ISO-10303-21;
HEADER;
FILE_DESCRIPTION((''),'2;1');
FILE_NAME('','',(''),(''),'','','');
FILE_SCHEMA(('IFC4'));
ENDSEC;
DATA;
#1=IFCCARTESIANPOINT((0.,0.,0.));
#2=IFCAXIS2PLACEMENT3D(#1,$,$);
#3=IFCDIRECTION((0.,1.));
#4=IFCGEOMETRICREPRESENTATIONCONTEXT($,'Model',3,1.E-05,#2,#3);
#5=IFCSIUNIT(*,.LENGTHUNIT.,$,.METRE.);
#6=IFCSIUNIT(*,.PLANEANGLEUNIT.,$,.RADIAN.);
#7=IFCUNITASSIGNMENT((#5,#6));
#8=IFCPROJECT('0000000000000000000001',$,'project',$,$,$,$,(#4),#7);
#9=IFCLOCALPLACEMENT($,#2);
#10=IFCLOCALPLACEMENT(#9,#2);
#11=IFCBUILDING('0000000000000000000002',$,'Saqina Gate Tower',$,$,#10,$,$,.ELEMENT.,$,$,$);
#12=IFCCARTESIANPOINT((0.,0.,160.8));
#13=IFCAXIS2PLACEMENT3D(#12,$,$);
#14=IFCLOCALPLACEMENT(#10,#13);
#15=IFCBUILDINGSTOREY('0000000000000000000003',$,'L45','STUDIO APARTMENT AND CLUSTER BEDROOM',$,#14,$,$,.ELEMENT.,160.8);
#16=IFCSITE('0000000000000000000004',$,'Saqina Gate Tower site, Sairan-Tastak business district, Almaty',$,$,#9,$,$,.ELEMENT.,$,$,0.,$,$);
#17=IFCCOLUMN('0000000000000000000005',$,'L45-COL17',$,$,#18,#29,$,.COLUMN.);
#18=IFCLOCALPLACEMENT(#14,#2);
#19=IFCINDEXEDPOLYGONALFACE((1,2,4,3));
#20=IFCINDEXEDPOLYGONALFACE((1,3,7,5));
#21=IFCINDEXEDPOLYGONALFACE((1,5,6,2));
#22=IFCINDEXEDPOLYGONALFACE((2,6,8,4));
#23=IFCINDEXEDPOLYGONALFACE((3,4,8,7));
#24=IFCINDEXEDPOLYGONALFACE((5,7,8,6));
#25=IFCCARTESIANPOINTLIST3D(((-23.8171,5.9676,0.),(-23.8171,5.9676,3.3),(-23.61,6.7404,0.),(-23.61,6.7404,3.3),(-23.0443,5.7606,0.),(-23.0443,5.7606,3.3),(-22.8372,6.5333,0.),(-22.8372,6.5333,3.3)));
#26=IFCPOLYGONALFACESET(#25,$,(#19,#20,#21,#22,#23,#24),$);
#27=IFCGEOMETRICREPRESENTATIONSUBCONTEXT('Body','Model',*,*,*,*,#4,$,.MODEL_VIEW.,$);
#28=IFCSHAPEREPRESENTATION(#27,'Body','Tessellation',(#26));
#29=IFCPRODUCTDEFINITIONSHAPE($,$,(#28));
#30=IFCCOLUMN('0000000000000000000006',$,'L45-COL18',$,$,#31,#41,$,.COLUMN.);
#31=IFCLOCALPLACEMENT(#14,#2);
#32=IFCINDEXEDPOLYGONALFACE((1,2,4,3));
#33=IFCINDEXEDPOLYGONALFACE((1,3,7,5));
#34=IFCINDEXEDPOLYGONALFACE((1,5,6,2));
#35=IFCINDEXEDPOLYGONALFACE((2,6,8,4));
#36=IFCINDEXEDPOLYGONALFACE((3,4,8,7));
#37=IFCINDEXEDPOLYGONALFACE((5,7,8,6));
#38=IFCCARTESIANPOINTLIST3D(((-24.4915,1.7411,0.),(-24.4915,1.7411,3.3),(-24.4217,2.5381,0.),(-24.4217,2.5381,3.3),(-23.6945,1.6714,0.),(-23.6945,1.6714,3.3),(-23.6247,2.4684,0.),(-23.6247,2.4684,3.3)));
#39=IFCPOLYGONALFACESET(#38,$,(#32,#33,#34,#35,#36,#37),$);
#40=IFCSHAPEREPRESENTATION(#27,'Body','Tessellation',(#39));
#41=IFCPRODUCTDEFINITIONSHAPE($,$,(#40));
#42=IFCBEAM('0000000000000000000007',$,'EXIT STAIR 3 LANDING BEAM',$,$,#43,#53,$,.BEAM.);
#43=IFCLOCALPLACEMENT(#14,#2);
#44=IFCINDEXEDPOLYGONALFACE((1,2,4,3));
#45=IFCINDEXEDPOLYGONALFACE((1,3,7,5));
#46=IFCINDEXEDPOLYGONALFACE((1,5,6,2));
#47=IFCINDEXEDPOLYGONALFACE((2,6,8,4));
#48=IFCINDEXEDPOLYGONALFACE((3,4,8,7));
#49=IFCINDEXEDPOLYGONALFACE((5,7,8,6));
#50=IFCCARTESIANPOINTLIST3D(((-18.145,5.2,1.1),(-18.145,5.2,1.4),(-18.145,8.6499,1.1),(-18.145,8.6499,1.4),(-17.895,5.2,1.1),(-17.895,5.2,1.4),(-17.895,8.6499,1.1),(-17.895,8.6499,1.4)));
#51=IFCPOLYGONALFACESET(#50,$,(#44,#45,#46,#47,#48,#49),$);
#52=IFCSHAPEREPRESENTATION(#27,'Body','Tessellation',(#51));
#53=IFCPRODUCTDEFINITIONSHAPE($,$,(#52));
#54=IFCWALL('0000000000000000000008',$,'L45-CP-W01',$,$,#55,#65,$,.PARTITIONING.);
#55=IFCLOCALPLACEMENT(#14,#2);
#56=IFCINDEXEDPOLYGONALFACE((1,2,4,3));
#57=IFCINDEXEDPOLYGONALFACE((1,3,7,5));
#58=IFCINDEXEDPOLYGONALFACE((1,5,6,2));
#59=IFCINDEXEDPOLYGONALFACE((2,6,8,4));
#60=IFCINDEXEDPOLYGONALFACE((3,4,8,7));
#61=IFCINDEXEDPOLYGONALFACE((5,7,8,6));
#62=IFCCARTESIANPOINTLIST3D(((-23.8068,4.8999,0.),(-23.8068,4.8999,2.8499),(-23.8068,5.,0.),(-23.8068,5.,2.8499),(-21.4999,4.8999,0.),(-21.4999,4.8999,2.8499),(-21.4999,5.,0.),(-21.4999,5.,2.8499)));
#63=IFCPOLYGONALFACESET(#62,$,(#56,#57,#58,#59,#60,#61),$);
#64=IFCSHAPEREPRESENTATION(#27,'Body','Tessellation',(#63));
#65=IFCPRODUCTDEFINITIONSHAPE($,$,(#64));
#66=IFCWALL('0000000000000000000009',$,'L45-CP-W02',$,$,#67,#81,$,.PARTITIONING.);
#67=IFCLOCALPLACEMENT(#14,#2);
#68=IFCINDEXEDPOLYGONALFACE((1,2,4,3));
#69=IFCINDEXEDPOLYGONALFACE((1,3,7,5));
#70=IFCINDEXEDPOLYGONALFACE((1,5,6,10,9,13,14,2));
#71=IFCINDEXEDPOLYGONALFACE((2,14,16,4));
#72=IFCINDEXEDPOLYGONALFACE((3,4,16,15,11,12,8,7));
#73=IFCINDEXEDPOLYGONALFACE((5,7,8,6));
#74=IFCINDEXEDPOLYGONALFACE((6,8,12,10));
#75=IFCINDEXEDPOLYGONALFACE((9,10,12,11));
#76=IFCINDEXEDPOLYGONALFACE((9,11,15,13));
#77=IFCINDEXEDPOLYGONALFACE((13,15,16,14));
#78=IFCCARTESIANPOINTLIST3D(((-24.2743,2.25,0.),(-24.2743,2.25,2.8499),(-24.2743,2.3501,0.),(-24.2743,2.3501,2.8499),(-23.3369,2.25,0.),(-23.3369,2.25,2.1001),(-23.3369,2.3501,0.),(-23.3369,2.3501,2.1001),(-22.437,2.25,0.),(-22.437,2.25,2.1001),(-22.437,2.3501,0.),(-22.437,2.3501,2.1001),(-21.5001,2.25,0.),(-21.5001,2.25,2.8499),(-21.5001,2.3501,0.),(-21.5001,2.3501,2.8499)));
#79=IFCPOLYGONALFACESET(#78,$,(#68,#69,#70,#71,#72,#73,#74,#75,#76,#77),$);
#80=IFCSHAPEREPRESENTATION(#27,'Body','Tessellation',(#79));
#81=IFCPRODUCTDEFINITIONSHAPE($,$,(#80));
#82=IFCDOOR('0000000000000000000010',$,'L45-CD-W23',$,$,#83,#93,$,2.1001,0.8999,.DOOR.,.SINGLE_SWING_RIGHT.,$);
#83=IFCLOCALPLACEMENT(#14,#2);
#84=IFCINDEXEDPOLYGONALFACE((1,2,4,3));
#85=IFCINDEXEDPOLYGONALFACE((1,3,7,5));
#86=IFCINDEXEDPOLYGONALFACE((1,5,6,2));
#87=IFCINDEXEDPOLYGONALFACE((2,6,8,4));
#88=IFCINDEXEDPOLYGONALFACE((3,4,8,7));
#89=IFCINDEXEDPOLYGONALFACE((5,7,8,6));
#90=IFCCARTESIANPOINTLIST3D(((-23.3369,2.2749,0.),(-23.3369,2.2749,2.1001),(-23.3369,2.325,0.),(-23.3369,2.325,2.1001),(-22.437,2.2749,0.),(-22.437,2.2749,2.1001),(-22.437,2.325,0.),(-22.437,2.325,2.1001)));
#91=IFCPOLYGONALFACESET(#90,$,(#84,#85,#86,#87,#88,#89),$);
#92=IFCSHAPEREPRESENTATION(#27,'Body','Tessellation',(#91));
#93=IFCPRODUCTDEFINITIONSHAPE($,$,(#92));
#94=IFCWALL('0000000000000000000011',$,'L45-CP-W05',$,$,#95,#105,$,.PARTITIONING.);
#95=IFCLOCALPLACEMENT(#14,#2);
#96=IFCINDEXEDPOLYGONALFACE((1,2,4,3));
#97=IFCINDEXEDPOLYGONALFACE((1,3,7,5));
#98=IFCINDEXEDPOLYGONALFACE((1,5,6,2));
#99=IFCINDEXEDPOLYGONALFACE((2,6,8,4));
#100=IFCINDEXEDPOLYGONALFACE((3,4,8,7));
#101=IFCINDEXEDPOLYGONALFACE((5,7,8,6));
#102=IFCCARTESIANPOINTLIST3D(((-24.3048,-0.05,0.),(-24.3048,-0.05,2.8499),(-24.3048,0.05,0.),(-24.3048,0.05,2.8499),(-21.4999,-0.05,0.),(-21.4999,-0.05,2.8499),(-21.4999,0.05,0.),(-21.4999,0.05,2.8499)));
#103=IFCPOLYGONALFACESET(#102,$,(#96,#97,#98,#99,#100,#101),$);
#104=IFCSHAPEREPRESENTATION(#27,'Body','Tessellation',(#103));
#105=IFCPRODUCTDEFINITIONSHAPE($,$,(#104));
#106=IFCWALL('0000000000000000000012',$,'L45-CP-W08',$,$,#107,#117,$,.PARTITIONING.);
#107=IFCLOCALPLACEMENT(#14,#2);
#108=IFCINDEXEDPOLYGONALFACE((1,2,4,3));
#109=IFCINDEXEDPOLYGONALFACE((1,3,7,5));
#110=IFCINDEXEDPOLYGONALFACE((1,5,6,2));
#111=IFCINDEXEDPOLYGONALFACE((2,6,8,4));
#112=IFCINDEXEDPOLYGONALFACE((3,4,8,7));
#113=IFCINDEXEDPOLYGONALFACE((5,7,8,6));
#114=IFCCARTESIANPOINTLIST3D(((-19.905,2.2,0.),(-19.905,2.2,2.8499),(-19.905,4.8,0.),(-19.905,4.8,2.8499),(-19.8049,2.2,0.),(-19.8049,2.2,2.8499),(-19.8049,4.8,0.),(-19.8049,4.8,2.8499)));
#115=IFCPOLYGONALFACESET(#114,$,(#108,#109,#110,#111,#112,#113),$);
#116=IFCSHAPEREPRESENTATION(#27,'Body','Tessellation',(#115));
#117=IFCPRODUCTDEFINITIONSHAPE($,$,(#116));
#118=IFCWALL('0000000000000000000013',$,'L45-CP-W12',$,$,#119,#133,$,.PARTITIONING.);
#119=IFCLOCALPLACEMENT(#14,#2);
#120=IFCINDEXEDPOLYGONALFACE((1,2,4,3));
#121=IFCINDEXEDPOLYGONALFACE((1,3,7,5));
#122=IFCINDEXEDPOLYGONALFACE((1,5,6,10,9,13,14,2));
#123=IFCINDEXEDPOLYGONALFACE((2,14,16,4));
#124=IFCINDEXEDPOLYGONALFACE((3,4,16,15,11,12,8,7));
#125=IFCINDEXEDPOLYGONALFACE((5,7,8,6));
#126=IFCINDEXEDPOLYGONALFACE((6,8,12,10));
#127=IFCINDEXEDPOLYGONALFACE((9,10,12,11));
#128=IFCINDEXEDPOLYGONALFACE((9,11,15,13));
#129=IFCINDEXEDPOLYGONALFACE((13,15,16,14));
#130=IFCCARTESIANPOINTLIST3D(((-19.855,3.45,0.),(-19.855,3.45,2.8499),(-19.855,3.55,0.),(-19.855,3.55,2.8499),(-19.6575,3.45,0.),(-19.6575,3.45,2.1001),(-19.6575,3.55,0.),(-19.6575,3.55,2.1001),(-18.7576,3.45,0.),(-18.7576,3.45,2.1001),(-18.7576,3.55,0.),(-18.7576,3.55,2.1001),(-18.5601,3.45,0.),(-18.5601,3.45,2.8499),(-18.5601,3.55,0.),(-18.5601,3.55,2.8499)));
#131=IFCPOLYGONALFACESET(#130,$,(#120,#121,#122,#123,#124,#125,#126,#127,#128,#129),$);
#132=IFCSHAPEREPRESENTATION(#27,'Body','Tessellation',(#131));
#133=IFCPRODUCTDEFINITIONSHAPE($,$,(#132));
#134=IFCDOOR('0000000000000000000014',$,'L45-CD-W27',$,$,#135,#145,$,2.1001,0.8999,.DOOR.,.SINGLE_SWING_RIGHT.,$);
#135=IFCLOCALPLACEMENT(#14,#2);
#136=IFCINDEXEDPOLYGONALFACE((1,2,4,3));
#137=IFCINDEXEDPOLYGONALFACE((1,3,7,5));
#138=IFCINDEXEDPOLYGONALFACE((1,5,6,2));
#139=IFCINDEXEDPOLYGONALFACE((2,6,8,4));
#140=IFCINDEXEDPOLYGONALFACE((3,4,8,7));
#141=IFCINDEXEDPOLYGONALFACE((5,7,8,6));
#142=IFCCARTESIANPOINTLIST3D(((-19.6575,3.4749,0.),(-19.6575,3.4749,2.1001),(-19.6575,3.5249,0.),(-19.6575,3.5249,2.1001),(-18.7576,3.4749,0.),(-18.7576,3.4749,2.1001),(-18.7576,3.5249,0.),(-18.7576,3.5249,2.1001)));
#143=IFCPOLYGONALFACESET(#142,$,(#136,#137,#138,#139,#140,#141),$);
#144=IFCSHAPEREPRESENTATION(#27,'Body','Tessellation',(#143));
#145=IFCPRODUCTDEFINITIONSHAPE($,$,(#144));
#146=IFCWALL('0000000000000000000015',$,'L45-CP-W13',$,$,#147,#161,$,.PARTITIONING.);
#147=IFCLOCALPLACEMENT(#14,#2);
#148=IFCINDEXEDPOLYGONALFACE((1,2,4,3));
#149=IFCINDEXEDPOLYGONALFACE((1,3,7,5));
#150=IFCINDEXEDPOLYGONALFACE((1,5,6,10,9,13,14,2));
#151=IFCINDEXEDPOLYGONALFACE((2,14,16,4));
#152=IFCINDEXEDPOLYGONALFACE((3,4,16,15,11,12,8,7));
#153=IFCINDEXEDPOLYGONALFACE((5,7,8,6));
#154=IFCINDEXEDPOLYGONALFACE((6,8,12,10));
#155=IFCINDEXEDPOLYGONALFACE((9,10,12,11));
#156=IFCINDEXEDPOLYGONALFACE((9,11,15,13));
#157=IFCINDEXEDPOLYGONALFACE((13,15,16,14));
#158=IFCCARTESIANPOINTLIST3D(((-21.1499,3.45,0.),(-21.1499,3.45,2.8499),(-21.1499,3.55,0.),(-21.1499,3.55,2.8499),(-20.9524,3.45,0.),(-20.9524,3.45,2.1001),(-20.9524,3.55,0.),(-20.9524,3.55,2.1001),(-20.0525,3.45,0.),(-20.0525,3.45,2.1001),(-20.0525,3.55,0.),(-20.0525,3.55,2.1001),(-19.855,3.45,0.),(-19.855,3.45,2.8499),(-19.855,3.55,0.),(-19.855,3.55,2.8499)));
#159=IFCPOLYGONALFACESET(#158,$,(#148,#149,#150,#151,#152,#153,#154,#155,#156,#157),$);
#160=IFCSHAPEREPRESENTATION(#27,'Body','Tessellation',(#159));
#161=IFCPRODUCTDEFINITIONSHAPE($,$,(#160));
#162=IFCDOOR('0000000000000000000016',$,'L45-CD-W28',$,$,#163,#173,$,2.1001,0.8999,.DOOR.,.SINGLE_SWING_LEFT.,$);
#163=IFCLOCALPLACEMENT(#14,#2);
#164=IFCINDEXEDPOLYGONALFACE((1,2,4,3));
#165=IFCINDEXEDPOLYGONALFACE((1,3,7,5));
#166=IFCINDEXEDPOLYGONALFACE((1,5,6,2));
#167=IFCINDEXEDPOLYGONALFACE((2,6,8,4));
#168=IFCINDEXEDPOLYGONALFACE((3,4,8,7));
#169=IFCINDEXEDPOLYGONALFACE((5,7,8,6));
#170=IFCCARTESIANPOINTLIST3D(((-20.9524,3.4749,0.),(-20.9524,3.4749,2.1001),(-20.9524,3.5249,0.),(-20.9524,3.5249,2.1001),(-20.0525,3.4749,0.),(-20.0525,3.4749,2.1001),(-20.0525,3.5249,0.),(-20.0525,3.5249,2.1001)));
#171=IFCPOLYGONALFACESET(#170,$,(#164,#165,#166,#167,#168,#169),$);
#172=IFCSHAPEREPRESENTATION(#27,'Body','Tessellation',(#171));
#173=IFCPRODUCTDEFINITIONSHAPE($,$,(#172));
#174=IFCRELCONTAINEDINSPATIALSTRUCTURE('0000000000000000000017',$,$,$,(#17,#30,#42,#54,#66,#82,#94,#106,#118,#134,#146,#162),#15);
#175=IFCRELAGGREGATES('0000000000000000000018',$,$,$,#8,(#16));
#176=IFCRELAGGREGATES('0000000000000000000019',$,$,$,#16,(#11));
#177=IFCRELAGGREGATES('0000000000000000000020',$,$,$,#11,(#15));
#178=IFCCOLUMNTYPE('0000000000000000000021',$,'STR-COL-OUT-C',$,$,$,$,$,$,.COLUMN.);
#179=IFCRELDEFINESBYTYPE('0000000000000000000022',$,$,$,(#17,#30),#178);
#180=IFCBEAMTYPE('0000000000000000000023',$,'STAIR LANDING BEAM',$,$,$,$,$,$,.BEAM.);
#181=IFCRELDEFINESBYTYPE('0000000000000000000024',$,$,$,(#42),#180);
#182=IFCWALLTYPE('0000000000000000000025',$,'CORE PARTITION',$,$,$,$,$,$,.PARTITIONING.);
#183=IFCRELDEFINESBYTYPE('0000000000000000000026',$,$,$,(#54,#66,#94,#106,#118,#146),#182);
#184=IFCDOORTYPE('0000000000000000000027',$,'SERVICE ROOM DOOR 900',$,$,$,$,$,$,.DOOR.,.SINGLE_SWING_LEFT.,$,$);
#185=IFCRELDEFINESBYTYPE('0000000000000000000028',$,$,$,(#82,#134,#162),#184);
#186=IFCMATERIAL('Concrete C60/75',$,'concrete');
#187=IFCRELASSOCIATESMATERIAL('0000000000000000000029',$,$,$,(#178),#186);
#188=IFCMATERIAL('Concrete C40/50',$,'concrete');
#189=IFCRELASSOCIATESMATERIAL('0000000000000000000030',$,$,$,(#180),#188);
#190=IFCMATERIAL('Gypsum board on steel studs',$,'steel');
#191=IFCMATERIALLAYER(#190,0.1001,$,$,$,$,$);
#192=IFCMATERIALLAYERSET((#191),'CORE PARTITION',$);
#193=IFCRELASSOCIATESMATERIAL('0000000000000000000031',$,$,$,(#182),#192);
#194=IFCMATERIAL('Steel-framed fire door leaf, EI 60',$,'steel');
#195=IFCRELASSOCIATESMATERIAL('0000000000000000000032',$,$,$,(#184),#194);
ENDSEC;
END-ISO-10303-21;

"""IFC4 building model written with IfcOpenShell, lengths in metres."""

from ifc_helpers import new_model, si_unit, direction, frame, frame_2d, origin, origin_2d, place, context, subcontext, project, spatial, rectangle, extrude, material, layer, layer_set, material_profile, profile_set, type_object, element, fill, save


model = new_model("IFC4")

# Units and contexts
model_context = context("Model", 3, precision=1e-05, world=origin(), true_north=direction((0.0, 1.0)))
body_context = subcontext(model_context, "Body", "Model", "MODEL_VIEW")
ifc_project = project(units=[si_unit("LENGTHUNIT", "METRE"), si_unit("PLANEANGLEUNIT", "RADIAN")], contexts=[model_context])

# Site, building, storey
site_placement = place(None, origin())
site = spatial("IfcSite", under=ifc_project, at=site_placement, Name="Saqina Gate Tower site, Sairan-Tastak business district, Almaty", CompositionType="ELEMENT", RefElevation=0.0)
building_placement = place(site_placement, origin())
building = spatial("IfcBuilding", under=site, at=building_placement, Name="Saqina Gate Tower", CompositionType="ELEMENT")
storey_placement = place(building_placement, frame((0.0, 0.0, 160.8)))
storey = spatial("IfcBuildingStorey", under=building, at=storey_placement, Name="L45", Description="STUDIO APARTMENT AND CLUSTER BEDROOM", CompositionType="ELEMENT", Elevation=160.8)

# Columns
ifc_material_1 = material(Name="Concrete C60/75", Category="concrete")
ifc_material_profile_1 = material_profile(ifc_material_1, rectangle(XDim=0.8, YDim=0.8, at=origin_2d()), Name="RC 800x800")
ifc_profile_set_1 = profile_set([ifc_material_profile_1], Name="Concrete C60/75")
column_type = type_object("IfcColumnType", Name="STR-COL-OUT-C", PredefinedType="COLUMN", material=ifc_profile_set_1)
for number, where, z_axis, x_axis, name in (
    (1, (-23.3271, 6.2505, 0.0), (0.0, 0.0, 1.0), (-0.965926, 0.258819, 0.0), "L45-COL17"),
    (2, (-24.0581, 2.1047, 0.0), (0.0, 0.0, 1.0), (-0.996195, 0.087156, 0.0), "L45-COL18"),
):
    element("IfcColumn", number, at=place(storey_placement, frame(where, z_axis=z_axis, x_axis=x_axis)), inside=storey, type_object=column_type, Name=name, PredefinedType="COLUMN", context=body_context, shape_type="SweptSolid", body=[
        extrude(rectangle(XDim=0.8, YDim=0.8, at=origin_2d()), origin(), (0.0, 0.0, 1.0), 3.3),
    ])

# Beam
ifc_material_2 = material(Name="Concrete C40/50", Category="concrete")
ifc_material_profile_2 = material_profile(ifc_material_2, rectangle(XDim=0.25, YDim=0.3, at=origin_2d()), Name="STAIR LANDING BEAM")
ifc_profile_set_2 = profile_set([ifc_material_profile_2], Name="Concrete C40/50")
beam_type = type_object("IfcBeamType", Name="STAIR LANDING BEAM", PredefinedType="BEAM", material=ifc_profile_set_2)
beam_placement = place(storey_placement, frame((-18.02, 5.2, 1.25), z_axis=(0.0, 1.0, 0.0), x_axis=(-1.0, 0.0, 0.0)))
element("IfcBeam", 3, at=beam_placement, inside=storey, type_object=beam_type, Name="EXIT STAIR 3 LANDING BEAM", PredefinedType="BEAM", context=body_context, shape_type="SweptSolid", body=[
    extrude(rectangle(XDim=0.25, YDim=0.3, at=origin_2d()), origin(), (0.0, 0.0, 1.0), 3.45),
])

# Wall
ifc_material_3 = material(Name="Gypsum board on steel studs", Category="steel")
ifc_layer_1 = layer(ifc_material_3, 0.1001)
ifc_layer_set_1 = layer_set([ifc_layer_1], Name="CORE PARTITION")
wall_type_1 = type_object("IfcWallType", Name="CORE PARTITION", PredefinedType="PARTITIONING", material=ifc_layer_set_1)
wall_1_placement = place(storey_placement, frame((-21.5, 4.95, 0.0), z_axis=(0.0, 0.0, 1.0), x_axis=(-1.0, 0.0, 0.0)))
element("IfcWall", 4, at=wall_1_placement, inside=storey, type_object=wall_type_1, Name="L45-CP-W01", PredefinedType="PARTITIONING", context=body_context, shape_type="SweptSolid", body=[
    extrude(rectangle(XDim=2.3069, YDim=0.1001, at=frame_2d((1.1533, 0.0))), origin(), (0.0, 0.0, 1.0), 2.8499),
])

# Wall, opening, door
wall_2_placement = place(storey_placement, frame((-21.5, 2.3, 0.0), z_axis=(0.0, 0.0, 1.0), x_axis=(-1.0, 0.0, 0.0)))
wall_2 = element("IfcWall", 5, at=wall_2_placement, inside=storey, type_object=wall_type_1, Name="L45-CP-W02", PredefinedType="PARTITIONING", context=body_context, shape_type="SweptSolid", body=[
    extrude(rectangle(XDim=2.7742, YDim=0.1001, at=frame_2d((1.3872, 0.0))), origin(), (0.0, 0.0, 1.0), 2.8499),
])
opening_1_placement = place(wall_2_placement, frame((0.937, 0.0, 0.0)))
opening_1 = element("IfcOpeningElement", 6, at=opening_1_placement, cuts=wall_2, PredefinedType="OPENING", context=body_context, shape_type="SweptSolid", body=[
    extrude(rectangle(XDim=0.8999, YDim=2.1001, at=frame_2d((0.45, 1.05))), frame((0.0, 0.062, 0.0), z_axis=(0.0, -1.0, 0.0), x_axis=(1.0, 0.0, 0.0)), (0.0, 0.0, 1.0), 0.124),
])
ifc_material_4 = material(Name="Steel-framed fire door leaf, EI 60", Category="steel")
door_type_1 = type_object("IfcDoorType", Name="SERVICE ROOM DOOR 900", OperationType="SINGLE_SWING_LEFT", PredefinedType="DOOR", material=ifc_material_4)
door_1_placement = place(opening_1_placement, frame((0.8999, 0.0, 0.0), z_axis=(0.0, 0.0, 1.0), x_axis=(-1.0, 0.0, 0.0)))
door_1 = element("IfcDoor", 7, at=door_1_placement, inside=storey, type_object=door_type_1, Name="L45-CD-W23", OperationType="SINGLE_SWING_RIGHT", OverallHeight=2.1001, OverallWidth=0.8999, PredefinedType="DOOR", context=body_context, shape_type="SweptSolid", body=[
    extrude(rectangle(XDim=0.8999, YDim=2.1001, at=frame_2d((0.45, 1.05))), frame((0.0, 0.0249, 0.0), z_axis=(0.0, -1.0, 0.0), x_axis=(1.0, 0.0, 0.0)), (0.0, 0.0, 1.0), 0.05),
])
fill(opening_1, door_1)

# Walls
wall_3_placement = place(storey_placement, frame((-21.5, 0.0, 0.0), z_axis=(0.0, 0.0, 1.0), x_axis=(-1.0, 0.0, 0.0)))
element("IfcWall", 8, at=wall_3_placement, inside=storey, type_object=wall_type_1, Name="L45-CP-W05", PredefinedType="PARTITIONING", context=body_context, shape_type="SweptSolid", body=[
    extrude(rectangle(XDim=2.8049, YDim=0.1001, at=frame_2d((1.4023, 0.0))), origin(), (0.0, 0.0, 1.0), 2.8499),
])
wall_4_placement = place(storey_placement, frame((-19.855, 2.2, 0.0), z_axis=(0.0, 0.0, 1.0), x_axis=(0.0, 1.0, 0.0)))
element("IfcWall", 9, at=wall_4_placement, inside=storey, type_object=wall_type_1, Name="L45-CP-W08", PredefinedType="PARTITIONING", context=body_context, shape_type="SweptSolid", body=[
    extrude(rectangle(XDim=2.6001, YDim=0.1001, at=frame_2d((1.3, 0.0))), origin(), (0.0, 0.0, 1.0), 2.8499),
])

# Walls, openings, doors
wall_5_placement = place(storey_placement, frame((-18.5601, 3.5, 0.0), z_axis=(0.0, 0.0, 1.0), x_axis=(-1.0, 0.0, 0.0)))
wall_5 = element("IfcWall", 10, at=wall_5_placement, inside=storey, type_object=wall_type_1, Name="L45-CP-W12", PredefinedType="PARTITIONING", context=body_context, shape_type="SweptSolid", body=[
    extrude(rectangle(XDim=1.2949, YDim=0.1001, at=frame_2d((0.6475, 0.0))), origin(), (0.0, 0.0, 1.0), 2.8499),
])
opening_2_placement = place(wall_5_placement, frame((0.1975, 0.0, 0.0)))
opening_2 = element("IfcOpeningElement", 11, at=opening_2_placement, cuts=wall_5, PredefinedType="OPENING", context=body_context, shape_type="SweptSolid", body=[
    extrude(rectangle(XDim=0.8999, YDim=2.1001, at=frame_2d((0.45, 1.05))), frame((0.0, 0.062, 0.0), z_axis=(0.0, -1.0, 0.0), x_axis=(1.0, 0.0, 0.0)), (0.0, 0.0, 1.0), 0.124),
])
door_2_placement = place(opening_2_placement, frame((0.8999, 0.0, 0.0), z_axis=(0.0, 0.0, 1.0), x_axis=(-1.0, 0.0, 0.0)))
door_2 = element("IfcDoor", 12, at=door_2_placement, inside=storey, type_object=door_type_1, Name="L45-CD-W27", OperationType="SINGLE_SWING_RIGHT", OverallHeight=2.1001, OverallWidth=0.8999, PredefinedType="DOOR", context=body_context, shape_type="SweptSolid", body=[
    extrude(rectangle(XDim=0.8999, YDim=2.1001, at=frame_2d((0.45, 1.05))), frame((0.0, 0.0249, 0.0), z_axis=(0.0, -1.0, 0.0), x_axis=(1.0, 0.0, 0.0)), (0.0, 0.0, 1.0), 0.05),
])
fill(opening_2, door_2)
wall_6_placement = place(storey_placement, frame((-19.855, 3.5, 0.0), z_axis=(0.0, 0.0, 1.0), x_axis=(-1.0, 0.0, 0.0)))
wall_6 = element("IfcWall", 13, at=wall_6_placement, inside=storey, type_object=wall_type_1, Name="L45-CP-W13", PredefinedType="PARTITIONING", context=body_context, shape_type="SweptSolid", body=[
    extrude(rectangle(XDim=1.2949, YDim=0.1001, at=frame_2d((0.6475, 0.0))), origin(), (0.0, 0.0, 1.0), 2.8499),
])
opening_3_placement = place(wall_6_placement, frame((0.1975, 0.0, 0.0)))
opening_3 = element("IfcOpeningElement", 14, at=opening_3_placement, cuts=wall_6, PredefinedType="OPENING", context=body_context, shape_type="SweptSolid", body=[
    extrude(rectangle(XDim=0.8999, YDim=2.1001, at=frame_2d((0.45, 1.05))), frame((0.0, 0.062, 0.0), z_axis=(0.0, -1.0, 0.0), x_axis=(1.0, 0.0, 0.0)), (0.0, 0.0, 1.0), 0.124),
])
door_3_placement = place(opening_3_placement, frame((0.8999, 0.0, 0.0), z_axis=(0.0, 0.0, 1.0), x_axis=(-1.0, 0.0, 0.0)))
door_3 = element("IfcDoor", 15, at=door_3_placement, inside=storey, type_object=door_type_1, Name="L45-CD-W28", OperationType="SINGLE_SWING_LEFT", OverallHeight=2.1001, OverallWidth=0.8999, PredefinedType="DOOR", context=body_context, shape_type="SweptSolid", body=[
    extrude(rectangle(XDim=0.8999, YDim=2.1001, at=frame_2d((0.45, 1.05))), frame((0.0, 0.0249, 0.0), z_axis=(0.0, -1.0, 0.0), x_axis=(1.0, 0.0, 0.0)), (0.0, 0.0, 1.0), 0.05),
])
fill(opening_3, door_3)

save(model, "model.ifc")
